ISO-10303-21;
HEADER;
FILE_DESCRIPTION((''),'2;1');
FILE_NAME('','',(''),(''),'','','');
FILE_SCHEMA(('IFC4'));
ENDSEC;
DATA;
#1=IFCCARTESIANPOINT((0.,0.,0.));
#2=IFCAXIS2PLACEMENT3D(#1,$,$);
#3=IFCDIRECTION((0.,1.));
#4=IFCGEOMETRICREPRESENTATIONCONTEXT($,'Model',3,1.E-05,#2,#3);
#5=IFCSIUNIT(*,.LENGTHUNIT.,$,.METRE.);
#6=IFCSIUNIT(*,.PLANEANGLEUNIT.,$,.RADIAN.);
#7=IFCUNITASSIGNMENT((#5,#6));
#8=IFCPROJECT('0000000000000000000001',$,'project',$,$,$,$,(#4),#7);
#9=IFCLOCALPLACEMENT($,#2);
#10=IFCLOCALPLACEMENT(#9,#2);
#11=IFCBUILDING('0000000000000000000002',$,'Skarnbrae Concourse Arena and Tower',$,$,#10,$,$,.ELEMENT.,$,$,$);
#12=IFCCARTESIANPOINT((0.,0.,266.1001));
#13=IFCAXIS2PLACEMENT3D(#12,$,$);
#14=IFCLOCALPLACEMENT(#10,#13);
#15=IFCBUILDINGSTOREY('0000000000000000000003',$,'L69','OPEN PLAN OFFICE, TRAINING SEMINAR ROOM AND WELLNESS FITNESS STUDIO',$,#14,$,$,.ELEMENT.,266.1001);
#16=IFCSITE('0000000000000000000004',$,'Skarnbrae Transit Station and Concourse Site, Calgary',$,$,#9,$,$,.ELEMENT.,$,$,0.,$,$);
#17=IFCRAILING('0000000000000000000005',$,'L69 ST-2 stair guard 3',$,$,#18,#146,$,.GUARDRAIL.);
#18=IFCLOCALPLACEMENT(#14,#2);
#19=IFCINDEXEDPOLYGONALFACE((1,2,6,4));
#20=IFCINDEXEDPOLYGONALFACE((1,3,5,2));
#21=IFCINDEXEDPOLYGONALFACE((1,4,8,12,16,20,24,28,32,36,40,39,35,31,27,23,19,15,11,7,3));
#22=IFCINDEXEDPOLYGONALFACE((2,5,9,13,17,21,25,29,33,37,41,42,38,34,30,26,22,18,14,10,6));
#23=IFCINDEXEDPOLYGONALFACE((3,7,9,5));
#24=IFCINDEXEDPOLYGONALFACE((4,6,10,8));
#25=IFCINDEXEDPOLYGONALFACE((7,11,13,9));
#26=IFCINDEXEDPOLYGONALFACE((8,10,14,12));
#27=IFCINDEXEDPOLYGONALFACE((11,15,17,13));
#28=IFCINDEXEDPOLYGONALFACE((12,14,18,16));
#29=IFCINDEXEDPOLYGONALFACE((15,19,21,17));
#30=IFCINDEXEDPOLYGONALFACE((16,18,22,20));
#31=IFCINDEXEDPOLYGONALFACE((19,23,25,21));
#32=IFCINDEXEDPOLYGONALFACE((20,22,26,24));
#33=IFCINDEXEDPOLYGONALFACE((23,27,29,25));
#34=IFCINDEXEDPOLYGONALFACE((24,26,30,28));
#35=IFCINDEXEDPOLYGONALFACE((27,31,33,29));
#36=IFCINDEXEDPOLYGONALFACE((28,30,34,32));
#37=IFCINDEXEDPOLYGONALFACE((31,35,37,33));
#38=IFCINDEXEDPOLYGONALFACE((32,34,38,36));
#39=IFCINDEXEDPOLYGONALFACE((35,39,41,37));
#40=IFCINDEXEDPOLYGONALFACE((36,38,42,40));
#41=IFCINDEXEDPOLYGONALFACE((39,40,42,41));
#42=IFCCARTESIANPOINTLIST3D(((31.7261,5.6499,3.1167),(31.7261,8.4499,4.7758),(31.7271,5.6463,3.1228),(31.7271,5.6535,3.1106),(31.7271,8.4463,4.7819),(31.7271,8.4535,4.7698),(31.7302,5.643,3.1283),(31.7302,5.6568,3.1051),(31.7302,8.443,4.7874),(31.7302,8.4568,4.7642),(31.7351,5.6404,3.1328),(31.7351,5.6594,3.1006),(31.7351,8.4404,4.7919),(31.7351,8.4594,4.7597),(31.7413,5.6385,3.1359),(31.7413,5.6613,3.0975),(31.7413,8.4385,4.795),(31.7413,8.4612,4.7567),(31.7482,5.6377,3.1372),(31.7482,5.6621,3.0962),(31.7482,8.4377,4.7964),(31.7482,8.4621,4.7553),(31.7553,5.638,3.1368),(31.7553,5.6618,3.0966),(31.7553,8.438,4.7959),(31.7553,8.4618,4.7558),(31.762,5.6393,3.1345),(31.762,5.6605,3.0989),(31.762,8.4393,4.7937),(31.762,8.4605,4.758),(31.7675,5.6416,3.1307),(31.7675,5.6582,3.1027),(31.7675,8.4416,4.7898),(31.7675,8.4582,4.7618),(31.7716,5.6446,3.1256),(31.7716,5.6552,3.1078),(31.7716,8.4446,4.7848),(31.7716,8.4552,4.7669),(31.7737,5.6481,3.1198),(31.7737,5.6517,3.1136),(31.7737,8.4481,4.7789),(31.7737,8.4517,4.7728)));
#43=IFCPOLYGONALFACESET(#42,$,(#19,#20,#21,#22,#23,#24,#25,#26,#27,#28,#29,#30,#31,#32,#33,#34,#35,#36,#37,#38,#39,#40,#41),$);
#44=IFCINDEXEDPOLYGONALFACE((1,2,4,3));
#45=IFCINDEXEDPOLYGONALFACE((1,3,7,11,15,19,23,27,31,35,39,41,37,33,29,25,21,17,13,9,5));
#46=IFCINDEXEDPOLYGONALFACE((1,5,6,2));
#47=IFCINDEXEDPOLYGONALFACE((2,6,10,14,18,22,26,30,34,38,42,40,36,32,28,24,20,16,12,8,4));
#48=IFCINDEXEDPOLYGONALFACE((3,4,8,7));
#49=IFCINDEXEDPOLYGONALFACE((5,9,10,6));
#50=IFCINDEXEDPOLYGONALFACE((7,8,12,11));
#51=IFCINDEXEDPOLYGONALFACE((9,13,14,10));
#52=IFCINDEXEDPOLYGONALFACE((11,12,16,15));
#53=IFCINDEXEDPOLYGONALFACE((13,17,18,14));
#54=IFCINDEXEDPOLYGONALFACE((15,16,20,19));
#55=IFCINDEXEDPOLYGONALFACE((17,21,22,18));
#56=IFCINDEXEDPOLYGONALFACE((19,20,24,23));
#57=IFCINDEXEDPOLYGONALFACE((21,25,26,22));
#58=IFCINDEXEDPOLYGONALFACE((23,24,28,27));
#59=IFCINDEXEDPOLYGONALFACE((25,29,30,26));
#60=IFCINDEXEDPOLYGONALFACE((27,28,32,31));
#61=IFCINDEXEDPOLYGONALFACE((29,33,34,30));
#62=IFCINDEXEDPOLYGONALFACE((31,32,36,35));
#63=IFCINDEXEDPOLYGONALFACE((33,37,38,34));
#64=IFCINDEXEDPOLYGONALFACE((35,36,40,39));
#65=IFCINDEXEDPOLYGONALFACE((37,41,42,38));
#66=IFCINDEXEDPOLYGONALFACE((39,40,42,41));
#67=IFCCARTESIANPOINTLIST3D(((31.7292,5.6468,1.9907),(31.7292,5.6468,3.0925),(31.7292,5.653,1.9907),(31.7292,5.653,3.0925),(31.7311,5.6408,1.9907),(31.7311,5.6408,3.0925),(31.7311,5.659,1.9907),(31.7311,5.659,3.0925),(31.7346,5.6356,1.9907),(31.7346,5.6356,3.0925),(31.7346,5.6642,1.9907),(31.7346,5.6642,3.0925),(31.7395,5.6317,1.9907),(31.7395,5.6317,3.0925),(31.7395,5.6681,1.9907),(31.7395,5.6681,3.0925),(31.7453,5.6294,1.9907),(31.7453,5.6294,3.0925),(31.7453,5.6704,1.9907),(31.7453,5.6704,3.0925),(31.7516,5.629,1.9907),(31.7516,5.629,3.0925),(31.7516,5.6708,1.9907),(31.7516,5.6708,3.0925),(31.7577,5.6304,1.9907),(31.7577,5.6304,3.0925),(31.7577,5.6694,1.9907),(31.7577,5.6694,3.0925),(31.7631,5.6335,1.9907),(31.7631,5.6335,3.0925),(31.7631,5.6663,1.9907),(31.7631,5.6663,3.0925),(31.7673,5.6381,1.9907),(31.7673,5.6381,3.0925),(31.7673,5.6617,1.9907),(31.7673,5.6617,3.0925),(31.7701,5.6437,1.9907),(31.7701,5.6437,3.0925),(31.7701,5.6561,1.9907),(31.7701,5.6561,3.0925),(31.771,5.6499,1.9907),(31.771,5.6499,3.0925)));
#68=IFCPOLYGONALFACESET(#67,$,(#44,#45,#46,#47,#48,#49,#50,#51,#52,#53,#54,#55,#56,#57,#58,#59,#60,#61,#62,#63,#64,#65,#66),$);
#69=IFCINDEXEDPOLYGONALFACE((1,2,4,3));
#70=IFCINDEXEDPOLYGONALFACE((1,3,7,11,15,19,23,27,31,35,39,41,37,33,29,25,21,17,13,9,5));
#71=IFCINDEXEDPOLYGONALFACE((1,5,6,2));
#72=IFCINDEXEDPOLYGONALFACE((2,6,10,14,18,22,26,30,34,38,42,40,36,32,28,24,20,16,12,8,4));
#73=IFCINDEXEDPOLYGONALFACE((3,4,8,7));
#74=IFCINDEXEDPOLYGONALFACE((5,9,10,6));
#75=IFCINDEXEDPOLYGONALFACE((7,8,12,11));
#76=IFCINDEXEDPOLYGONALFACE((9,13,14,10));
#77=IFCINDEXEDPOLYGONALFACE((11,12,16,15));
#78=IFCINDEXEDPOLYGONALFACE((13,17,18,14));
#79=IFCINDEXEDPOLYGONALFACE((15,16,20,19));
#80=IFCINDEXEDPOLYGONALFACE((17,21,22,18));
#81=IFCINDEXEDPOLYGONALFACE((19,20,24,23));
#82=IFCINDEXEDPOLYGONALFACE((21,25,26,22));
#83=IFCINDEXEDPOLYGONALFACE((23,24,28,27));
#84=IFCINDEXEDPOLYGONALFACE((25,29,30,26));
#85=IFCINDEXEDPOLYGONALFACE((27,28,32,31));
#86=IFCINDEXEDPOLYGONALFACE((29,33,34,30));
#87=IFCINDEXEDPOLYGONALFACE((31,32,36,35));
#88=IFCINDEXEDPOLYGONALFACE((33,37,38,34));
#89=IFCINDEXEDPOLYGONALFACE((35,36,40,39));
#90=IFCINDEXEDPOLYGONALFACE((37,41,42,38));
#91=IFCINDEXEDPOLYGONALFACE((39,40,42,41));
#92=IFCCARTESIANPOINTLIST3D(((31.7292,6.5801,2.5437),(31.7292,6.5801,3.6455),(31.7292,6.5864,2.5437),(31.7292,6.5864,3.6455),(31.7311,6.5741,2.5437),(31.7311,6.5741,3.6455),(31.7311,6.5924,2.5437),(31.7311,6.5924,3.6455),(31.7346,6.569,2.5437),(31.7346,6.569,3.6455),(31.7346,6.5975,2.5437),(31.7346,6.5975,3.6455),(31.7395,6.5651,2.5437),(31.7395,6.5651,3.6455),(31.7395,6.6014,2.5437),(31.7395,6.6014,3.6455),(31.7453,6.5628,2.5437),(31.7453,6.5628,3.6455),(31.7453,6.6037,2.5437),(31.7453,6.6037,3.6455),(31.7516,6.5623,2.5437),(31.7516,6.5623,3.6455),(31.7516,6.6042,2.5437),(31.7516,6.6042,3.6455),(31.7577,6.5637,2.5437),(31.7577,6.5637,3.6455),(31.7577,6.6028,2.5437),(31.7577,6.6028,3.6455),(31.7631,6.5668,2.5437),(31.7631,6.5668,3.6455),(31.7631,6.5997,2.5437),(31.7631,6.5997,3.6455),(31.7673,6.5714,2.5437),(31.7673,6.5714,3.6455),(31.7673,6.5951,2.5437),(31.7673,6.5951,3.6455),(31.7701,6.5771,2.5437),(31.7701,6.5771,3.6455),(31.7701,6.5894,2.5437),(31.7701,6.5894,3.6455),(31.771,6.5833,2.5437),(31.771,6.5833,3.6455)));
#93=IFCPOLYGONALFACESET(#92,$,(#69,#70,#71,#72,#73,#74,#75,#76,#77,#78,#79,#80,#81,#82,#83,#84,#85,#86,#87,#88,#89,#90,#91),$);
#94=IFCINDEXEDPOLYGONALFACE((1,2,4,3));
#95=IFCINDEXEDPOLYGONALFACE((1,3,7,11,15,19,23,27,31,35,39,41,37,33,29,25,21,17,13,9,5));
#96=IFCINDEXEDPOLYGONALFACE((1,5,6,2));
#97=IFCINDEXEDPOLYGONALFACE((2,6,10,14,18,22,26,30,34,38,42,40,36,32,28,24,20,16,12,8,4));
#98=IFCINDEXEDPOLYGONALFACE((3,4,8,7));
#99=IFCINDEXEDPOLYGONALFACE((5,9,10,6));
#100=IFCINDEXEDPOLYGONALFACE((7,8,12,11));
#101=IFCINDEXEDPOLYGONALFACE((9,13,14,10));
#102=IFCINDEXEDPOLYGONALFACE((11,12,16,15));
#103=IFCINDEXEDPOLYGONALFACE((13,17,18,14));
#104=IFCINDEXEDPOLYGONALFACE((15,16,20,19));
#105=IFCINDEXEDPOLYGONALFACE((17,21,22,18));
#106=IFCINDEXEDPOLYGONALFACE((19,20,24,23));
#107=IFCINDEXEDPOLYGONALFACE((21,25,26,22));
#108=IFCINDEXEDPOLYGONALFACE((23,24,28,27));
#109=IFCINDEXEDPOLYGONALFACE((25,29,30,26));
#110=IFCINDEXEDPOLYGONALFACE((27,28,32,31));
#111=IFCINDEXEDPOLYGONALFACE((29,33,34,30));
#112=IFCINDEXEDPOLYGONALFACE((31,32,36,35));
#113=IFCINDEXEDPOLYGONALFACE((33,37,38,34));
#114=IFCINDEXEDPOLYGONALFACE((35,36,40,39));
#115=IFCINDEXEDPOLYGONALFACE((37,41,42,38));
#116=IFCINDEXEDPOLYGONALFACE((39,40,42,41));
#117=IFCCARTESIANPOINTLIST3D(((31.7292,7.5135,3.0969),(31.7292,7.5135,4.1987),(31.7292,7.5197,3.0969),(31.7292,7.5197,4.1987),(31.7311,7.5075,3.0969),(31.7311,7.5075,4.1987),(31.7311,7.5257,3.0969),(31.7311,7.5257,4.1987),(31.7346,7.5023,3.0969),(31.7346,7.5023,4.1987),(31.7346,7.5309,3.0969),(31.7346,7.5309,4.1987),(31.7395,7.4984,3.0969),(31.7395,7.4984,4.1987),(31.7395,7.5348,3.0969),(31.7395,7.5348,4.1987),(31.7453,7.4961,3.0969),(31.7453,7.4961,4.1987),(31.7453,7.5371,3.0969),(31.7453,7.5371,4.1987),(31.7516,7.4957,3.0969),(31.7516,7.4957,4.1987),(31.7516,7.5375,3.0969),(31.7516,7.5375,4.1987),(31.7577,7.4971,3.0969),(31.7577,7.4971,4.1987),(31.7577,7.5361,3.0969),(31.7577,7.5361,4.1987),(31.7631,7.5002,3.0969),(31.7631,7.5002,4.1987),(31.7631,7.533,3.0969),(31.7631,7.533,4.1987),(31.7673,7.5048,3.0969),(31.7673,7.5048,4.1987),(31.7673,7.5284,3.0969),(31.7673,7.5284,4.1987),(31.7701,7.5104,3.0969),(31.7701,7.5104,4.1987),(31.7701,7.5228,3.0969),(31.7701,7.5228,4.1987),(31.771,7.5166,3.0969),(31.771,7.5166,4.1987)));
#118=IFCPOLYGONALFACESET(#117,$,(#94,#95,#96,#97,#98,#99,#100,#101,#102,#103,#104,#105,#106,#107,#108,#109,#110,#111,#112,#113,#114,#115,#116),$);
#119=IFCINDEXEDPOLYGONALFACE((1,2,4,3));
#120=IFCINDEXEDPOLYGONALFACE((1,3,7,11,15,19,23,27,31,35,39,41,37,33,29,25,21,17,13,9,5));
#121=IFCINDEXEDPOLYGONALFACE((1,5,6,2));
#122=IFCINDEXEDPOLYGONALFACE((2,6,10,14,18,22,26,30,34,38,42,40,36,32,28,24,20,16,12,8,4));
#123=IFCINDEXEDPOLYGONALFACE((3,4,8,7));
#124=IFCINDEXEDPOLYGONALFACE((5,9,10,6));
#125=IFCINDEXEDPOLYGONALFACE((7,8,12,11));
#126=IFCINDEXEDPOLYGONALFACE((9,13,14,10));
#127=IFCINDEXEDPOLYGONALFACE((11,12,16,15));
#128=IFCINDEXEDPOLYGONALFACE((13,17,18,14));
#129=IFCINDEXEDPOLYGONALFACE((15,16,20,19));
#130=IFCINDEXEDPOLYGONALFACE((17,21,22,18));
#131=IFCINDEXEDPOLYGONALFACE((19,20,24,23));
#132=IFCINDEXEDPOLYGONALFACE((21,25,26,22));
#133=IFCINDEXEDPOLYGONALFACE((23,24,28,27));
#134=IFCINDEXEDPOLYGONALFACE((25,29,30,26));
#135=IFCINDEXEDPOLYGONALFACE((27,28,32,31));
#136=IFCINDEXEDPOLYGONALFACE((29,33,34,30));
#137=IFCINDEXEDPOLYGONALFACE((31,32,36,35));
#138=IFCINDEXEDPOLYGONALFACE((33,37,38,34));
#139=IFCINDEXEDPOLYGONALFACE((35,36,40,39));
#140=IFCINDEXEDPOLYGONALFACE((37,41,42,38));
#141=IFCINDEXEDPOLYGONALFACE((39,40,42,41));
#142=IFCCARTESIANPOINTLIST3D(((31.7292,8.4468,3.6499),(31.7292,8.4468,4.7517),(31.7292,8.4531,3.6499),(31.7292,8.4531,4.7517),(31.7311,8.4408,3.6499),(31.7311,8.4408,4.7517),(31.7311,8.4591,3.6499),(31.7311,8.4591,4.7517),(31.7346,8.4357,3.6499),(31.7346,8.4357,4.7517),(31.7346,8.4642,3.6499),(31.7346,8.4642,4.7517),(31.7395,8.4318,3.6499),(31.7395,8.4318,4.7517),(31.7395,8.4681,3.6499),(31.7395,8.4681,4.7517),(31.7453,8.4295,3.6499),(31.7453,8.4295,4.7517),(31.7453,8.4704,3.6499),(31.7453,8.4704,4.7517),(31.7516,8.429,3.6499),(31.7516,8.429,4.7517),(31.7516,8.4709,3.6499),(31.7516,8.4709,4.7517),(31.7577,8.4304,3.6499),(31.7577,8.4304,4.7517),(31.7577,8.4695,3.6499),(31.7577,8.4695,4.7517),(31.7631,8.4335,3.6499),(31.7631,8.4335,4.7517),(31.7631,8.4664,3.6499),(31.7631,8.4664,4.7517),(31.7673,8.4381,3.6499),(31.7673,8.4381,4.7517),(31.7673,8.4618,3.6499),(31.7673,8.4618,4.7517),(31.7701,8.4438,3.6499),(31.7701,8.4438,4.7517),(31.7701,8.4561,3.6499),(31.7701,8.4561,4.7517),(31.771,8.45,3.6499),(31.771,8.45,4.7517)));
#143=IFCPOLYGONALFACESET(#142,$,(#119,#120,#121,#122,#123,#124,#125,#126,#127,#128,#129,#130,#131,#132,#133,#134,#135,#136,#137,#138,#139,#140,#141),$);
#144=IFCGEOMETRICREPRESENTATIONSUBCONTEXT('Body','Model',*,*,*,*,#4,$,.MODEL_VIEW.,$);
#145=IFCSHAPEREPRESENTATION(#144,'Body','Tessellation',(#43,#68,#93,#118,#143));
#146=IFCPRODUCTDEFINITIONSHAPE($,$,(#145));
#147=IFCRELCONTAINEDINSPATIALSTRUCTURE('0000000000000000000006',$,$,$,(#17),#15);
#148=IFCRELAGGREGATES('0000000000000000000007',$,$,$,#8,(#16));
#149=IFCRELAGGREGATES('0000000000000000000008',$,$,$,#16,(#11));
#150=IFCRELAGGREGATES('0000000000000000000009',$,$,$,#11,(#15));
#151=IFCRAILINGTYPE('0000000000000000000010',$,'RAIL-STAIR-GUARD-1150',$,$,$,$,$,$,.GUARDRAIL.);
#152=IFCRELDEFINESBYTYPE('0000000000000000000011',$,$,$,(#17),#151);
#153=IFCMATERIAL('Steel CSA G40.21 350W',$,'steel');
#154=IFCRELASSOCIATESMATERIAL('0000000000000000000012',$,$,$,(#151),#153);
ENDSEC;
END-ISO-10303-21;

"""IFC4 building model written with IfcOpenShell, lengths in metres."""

from ifc_helpers import new_model, si_unit, direction, frame, origin, origin_2d, place, context, subcontext, project, spatial, circle, extrude, material, type_object, element, save


model = new_model("IFC4")

# Units and contexts
model_context = context("Model", 3, precision=1e-05, world=origin(), true_north=direction((0.0, 1.0)))
body_context = subcontext(model_context, "Body", "Model", "MODEL_VIEW")
ifc_project = project(units=[si_unit("LENGTHUNIT", "METRE"), si_unit("PLANEANGLEUNIT", "RADIAN")], contexts=[model_context])

# Site, building, storey
site_placement = place(None, origin())
site = spatial("IfcSite", under=ifc_project, at=site_placement, Name="Skarnbrae Transit Station and Concourse Site, Calgary", CompositionType="ELEMENT", RefElevation=0.0)
building_placement = place(site_placement, origin())
building = spatial("IfcBuilding", under=site, at=building_placement, Name="Skarnbrae Concourse Arena and Tower", CompositionType="ELEMENT")
storey_placement = place(building_placement, frame((0.0, 0.0, 266.1001)))
storey = spatial("IfcBuildingStorey", under=building, at=storey_placement, Name="L69", Description="OPEN PLAN OFFICE, TRAINING SEMINAR ROOM AND WELLNESS FITNESS STUDIO", CompositionType="ELEMENT", Elevation=266.1001)

# Shared definitions
ifc_material_1 = material(Name="Steel CSA G40.21 350W", Category="steel")

# Railing
railing_type_1 = type_object("IfcRailingType", Name="RAIL-STAIR-GUARD-1150", PredefinedType="GUARDRAIL", material=ifc_material_1)
railing_1_placement = place(storey_placement, frame((31.75, 5.6499, 1.9907)))
element("IfcRailing", 1, at=railing_1_placement, inside=storey, type_object=railing_type_1, Name="L69 ST-2 stair guard 3", PredefinedType="GUARDRAIL", context=body_context, shape_type="SweptSolid", body=[
    extrude(circle(Radius=0.0239, at=origin_2d()), frame((0.0, 0.0, 1.126), z_axis=(0.0, 0.860306, 0.509778), x_axis=(-1.0, 0.0, 0.0)), (0.0, 0.0, 1.0), 3.2546),
    extrude(circle(Radius=0.021, at=origin_2d()), origin(), (0.0, 0.0, 1.0), 1.1018),
    extrude(circle(Radius=0.021, at=origin_2d()), frame((0.0, 0.9333, 0.553)), (0.0, 0.0, 1.0), 1.1018),
    extrude(circle(Radius=0.021, at=origin_2d()), frame((0.0, 1.8667, 1.1062)), (0.0, 0.0, 1.0), 1.1018),
    extrude(circle(Radius=0.021, at=origin_2d()), frame((0.0, 2.8, 1.6592)), (0.0, 0.0, 1.0), 1.1018),
])

save(model, "model.ifc")
